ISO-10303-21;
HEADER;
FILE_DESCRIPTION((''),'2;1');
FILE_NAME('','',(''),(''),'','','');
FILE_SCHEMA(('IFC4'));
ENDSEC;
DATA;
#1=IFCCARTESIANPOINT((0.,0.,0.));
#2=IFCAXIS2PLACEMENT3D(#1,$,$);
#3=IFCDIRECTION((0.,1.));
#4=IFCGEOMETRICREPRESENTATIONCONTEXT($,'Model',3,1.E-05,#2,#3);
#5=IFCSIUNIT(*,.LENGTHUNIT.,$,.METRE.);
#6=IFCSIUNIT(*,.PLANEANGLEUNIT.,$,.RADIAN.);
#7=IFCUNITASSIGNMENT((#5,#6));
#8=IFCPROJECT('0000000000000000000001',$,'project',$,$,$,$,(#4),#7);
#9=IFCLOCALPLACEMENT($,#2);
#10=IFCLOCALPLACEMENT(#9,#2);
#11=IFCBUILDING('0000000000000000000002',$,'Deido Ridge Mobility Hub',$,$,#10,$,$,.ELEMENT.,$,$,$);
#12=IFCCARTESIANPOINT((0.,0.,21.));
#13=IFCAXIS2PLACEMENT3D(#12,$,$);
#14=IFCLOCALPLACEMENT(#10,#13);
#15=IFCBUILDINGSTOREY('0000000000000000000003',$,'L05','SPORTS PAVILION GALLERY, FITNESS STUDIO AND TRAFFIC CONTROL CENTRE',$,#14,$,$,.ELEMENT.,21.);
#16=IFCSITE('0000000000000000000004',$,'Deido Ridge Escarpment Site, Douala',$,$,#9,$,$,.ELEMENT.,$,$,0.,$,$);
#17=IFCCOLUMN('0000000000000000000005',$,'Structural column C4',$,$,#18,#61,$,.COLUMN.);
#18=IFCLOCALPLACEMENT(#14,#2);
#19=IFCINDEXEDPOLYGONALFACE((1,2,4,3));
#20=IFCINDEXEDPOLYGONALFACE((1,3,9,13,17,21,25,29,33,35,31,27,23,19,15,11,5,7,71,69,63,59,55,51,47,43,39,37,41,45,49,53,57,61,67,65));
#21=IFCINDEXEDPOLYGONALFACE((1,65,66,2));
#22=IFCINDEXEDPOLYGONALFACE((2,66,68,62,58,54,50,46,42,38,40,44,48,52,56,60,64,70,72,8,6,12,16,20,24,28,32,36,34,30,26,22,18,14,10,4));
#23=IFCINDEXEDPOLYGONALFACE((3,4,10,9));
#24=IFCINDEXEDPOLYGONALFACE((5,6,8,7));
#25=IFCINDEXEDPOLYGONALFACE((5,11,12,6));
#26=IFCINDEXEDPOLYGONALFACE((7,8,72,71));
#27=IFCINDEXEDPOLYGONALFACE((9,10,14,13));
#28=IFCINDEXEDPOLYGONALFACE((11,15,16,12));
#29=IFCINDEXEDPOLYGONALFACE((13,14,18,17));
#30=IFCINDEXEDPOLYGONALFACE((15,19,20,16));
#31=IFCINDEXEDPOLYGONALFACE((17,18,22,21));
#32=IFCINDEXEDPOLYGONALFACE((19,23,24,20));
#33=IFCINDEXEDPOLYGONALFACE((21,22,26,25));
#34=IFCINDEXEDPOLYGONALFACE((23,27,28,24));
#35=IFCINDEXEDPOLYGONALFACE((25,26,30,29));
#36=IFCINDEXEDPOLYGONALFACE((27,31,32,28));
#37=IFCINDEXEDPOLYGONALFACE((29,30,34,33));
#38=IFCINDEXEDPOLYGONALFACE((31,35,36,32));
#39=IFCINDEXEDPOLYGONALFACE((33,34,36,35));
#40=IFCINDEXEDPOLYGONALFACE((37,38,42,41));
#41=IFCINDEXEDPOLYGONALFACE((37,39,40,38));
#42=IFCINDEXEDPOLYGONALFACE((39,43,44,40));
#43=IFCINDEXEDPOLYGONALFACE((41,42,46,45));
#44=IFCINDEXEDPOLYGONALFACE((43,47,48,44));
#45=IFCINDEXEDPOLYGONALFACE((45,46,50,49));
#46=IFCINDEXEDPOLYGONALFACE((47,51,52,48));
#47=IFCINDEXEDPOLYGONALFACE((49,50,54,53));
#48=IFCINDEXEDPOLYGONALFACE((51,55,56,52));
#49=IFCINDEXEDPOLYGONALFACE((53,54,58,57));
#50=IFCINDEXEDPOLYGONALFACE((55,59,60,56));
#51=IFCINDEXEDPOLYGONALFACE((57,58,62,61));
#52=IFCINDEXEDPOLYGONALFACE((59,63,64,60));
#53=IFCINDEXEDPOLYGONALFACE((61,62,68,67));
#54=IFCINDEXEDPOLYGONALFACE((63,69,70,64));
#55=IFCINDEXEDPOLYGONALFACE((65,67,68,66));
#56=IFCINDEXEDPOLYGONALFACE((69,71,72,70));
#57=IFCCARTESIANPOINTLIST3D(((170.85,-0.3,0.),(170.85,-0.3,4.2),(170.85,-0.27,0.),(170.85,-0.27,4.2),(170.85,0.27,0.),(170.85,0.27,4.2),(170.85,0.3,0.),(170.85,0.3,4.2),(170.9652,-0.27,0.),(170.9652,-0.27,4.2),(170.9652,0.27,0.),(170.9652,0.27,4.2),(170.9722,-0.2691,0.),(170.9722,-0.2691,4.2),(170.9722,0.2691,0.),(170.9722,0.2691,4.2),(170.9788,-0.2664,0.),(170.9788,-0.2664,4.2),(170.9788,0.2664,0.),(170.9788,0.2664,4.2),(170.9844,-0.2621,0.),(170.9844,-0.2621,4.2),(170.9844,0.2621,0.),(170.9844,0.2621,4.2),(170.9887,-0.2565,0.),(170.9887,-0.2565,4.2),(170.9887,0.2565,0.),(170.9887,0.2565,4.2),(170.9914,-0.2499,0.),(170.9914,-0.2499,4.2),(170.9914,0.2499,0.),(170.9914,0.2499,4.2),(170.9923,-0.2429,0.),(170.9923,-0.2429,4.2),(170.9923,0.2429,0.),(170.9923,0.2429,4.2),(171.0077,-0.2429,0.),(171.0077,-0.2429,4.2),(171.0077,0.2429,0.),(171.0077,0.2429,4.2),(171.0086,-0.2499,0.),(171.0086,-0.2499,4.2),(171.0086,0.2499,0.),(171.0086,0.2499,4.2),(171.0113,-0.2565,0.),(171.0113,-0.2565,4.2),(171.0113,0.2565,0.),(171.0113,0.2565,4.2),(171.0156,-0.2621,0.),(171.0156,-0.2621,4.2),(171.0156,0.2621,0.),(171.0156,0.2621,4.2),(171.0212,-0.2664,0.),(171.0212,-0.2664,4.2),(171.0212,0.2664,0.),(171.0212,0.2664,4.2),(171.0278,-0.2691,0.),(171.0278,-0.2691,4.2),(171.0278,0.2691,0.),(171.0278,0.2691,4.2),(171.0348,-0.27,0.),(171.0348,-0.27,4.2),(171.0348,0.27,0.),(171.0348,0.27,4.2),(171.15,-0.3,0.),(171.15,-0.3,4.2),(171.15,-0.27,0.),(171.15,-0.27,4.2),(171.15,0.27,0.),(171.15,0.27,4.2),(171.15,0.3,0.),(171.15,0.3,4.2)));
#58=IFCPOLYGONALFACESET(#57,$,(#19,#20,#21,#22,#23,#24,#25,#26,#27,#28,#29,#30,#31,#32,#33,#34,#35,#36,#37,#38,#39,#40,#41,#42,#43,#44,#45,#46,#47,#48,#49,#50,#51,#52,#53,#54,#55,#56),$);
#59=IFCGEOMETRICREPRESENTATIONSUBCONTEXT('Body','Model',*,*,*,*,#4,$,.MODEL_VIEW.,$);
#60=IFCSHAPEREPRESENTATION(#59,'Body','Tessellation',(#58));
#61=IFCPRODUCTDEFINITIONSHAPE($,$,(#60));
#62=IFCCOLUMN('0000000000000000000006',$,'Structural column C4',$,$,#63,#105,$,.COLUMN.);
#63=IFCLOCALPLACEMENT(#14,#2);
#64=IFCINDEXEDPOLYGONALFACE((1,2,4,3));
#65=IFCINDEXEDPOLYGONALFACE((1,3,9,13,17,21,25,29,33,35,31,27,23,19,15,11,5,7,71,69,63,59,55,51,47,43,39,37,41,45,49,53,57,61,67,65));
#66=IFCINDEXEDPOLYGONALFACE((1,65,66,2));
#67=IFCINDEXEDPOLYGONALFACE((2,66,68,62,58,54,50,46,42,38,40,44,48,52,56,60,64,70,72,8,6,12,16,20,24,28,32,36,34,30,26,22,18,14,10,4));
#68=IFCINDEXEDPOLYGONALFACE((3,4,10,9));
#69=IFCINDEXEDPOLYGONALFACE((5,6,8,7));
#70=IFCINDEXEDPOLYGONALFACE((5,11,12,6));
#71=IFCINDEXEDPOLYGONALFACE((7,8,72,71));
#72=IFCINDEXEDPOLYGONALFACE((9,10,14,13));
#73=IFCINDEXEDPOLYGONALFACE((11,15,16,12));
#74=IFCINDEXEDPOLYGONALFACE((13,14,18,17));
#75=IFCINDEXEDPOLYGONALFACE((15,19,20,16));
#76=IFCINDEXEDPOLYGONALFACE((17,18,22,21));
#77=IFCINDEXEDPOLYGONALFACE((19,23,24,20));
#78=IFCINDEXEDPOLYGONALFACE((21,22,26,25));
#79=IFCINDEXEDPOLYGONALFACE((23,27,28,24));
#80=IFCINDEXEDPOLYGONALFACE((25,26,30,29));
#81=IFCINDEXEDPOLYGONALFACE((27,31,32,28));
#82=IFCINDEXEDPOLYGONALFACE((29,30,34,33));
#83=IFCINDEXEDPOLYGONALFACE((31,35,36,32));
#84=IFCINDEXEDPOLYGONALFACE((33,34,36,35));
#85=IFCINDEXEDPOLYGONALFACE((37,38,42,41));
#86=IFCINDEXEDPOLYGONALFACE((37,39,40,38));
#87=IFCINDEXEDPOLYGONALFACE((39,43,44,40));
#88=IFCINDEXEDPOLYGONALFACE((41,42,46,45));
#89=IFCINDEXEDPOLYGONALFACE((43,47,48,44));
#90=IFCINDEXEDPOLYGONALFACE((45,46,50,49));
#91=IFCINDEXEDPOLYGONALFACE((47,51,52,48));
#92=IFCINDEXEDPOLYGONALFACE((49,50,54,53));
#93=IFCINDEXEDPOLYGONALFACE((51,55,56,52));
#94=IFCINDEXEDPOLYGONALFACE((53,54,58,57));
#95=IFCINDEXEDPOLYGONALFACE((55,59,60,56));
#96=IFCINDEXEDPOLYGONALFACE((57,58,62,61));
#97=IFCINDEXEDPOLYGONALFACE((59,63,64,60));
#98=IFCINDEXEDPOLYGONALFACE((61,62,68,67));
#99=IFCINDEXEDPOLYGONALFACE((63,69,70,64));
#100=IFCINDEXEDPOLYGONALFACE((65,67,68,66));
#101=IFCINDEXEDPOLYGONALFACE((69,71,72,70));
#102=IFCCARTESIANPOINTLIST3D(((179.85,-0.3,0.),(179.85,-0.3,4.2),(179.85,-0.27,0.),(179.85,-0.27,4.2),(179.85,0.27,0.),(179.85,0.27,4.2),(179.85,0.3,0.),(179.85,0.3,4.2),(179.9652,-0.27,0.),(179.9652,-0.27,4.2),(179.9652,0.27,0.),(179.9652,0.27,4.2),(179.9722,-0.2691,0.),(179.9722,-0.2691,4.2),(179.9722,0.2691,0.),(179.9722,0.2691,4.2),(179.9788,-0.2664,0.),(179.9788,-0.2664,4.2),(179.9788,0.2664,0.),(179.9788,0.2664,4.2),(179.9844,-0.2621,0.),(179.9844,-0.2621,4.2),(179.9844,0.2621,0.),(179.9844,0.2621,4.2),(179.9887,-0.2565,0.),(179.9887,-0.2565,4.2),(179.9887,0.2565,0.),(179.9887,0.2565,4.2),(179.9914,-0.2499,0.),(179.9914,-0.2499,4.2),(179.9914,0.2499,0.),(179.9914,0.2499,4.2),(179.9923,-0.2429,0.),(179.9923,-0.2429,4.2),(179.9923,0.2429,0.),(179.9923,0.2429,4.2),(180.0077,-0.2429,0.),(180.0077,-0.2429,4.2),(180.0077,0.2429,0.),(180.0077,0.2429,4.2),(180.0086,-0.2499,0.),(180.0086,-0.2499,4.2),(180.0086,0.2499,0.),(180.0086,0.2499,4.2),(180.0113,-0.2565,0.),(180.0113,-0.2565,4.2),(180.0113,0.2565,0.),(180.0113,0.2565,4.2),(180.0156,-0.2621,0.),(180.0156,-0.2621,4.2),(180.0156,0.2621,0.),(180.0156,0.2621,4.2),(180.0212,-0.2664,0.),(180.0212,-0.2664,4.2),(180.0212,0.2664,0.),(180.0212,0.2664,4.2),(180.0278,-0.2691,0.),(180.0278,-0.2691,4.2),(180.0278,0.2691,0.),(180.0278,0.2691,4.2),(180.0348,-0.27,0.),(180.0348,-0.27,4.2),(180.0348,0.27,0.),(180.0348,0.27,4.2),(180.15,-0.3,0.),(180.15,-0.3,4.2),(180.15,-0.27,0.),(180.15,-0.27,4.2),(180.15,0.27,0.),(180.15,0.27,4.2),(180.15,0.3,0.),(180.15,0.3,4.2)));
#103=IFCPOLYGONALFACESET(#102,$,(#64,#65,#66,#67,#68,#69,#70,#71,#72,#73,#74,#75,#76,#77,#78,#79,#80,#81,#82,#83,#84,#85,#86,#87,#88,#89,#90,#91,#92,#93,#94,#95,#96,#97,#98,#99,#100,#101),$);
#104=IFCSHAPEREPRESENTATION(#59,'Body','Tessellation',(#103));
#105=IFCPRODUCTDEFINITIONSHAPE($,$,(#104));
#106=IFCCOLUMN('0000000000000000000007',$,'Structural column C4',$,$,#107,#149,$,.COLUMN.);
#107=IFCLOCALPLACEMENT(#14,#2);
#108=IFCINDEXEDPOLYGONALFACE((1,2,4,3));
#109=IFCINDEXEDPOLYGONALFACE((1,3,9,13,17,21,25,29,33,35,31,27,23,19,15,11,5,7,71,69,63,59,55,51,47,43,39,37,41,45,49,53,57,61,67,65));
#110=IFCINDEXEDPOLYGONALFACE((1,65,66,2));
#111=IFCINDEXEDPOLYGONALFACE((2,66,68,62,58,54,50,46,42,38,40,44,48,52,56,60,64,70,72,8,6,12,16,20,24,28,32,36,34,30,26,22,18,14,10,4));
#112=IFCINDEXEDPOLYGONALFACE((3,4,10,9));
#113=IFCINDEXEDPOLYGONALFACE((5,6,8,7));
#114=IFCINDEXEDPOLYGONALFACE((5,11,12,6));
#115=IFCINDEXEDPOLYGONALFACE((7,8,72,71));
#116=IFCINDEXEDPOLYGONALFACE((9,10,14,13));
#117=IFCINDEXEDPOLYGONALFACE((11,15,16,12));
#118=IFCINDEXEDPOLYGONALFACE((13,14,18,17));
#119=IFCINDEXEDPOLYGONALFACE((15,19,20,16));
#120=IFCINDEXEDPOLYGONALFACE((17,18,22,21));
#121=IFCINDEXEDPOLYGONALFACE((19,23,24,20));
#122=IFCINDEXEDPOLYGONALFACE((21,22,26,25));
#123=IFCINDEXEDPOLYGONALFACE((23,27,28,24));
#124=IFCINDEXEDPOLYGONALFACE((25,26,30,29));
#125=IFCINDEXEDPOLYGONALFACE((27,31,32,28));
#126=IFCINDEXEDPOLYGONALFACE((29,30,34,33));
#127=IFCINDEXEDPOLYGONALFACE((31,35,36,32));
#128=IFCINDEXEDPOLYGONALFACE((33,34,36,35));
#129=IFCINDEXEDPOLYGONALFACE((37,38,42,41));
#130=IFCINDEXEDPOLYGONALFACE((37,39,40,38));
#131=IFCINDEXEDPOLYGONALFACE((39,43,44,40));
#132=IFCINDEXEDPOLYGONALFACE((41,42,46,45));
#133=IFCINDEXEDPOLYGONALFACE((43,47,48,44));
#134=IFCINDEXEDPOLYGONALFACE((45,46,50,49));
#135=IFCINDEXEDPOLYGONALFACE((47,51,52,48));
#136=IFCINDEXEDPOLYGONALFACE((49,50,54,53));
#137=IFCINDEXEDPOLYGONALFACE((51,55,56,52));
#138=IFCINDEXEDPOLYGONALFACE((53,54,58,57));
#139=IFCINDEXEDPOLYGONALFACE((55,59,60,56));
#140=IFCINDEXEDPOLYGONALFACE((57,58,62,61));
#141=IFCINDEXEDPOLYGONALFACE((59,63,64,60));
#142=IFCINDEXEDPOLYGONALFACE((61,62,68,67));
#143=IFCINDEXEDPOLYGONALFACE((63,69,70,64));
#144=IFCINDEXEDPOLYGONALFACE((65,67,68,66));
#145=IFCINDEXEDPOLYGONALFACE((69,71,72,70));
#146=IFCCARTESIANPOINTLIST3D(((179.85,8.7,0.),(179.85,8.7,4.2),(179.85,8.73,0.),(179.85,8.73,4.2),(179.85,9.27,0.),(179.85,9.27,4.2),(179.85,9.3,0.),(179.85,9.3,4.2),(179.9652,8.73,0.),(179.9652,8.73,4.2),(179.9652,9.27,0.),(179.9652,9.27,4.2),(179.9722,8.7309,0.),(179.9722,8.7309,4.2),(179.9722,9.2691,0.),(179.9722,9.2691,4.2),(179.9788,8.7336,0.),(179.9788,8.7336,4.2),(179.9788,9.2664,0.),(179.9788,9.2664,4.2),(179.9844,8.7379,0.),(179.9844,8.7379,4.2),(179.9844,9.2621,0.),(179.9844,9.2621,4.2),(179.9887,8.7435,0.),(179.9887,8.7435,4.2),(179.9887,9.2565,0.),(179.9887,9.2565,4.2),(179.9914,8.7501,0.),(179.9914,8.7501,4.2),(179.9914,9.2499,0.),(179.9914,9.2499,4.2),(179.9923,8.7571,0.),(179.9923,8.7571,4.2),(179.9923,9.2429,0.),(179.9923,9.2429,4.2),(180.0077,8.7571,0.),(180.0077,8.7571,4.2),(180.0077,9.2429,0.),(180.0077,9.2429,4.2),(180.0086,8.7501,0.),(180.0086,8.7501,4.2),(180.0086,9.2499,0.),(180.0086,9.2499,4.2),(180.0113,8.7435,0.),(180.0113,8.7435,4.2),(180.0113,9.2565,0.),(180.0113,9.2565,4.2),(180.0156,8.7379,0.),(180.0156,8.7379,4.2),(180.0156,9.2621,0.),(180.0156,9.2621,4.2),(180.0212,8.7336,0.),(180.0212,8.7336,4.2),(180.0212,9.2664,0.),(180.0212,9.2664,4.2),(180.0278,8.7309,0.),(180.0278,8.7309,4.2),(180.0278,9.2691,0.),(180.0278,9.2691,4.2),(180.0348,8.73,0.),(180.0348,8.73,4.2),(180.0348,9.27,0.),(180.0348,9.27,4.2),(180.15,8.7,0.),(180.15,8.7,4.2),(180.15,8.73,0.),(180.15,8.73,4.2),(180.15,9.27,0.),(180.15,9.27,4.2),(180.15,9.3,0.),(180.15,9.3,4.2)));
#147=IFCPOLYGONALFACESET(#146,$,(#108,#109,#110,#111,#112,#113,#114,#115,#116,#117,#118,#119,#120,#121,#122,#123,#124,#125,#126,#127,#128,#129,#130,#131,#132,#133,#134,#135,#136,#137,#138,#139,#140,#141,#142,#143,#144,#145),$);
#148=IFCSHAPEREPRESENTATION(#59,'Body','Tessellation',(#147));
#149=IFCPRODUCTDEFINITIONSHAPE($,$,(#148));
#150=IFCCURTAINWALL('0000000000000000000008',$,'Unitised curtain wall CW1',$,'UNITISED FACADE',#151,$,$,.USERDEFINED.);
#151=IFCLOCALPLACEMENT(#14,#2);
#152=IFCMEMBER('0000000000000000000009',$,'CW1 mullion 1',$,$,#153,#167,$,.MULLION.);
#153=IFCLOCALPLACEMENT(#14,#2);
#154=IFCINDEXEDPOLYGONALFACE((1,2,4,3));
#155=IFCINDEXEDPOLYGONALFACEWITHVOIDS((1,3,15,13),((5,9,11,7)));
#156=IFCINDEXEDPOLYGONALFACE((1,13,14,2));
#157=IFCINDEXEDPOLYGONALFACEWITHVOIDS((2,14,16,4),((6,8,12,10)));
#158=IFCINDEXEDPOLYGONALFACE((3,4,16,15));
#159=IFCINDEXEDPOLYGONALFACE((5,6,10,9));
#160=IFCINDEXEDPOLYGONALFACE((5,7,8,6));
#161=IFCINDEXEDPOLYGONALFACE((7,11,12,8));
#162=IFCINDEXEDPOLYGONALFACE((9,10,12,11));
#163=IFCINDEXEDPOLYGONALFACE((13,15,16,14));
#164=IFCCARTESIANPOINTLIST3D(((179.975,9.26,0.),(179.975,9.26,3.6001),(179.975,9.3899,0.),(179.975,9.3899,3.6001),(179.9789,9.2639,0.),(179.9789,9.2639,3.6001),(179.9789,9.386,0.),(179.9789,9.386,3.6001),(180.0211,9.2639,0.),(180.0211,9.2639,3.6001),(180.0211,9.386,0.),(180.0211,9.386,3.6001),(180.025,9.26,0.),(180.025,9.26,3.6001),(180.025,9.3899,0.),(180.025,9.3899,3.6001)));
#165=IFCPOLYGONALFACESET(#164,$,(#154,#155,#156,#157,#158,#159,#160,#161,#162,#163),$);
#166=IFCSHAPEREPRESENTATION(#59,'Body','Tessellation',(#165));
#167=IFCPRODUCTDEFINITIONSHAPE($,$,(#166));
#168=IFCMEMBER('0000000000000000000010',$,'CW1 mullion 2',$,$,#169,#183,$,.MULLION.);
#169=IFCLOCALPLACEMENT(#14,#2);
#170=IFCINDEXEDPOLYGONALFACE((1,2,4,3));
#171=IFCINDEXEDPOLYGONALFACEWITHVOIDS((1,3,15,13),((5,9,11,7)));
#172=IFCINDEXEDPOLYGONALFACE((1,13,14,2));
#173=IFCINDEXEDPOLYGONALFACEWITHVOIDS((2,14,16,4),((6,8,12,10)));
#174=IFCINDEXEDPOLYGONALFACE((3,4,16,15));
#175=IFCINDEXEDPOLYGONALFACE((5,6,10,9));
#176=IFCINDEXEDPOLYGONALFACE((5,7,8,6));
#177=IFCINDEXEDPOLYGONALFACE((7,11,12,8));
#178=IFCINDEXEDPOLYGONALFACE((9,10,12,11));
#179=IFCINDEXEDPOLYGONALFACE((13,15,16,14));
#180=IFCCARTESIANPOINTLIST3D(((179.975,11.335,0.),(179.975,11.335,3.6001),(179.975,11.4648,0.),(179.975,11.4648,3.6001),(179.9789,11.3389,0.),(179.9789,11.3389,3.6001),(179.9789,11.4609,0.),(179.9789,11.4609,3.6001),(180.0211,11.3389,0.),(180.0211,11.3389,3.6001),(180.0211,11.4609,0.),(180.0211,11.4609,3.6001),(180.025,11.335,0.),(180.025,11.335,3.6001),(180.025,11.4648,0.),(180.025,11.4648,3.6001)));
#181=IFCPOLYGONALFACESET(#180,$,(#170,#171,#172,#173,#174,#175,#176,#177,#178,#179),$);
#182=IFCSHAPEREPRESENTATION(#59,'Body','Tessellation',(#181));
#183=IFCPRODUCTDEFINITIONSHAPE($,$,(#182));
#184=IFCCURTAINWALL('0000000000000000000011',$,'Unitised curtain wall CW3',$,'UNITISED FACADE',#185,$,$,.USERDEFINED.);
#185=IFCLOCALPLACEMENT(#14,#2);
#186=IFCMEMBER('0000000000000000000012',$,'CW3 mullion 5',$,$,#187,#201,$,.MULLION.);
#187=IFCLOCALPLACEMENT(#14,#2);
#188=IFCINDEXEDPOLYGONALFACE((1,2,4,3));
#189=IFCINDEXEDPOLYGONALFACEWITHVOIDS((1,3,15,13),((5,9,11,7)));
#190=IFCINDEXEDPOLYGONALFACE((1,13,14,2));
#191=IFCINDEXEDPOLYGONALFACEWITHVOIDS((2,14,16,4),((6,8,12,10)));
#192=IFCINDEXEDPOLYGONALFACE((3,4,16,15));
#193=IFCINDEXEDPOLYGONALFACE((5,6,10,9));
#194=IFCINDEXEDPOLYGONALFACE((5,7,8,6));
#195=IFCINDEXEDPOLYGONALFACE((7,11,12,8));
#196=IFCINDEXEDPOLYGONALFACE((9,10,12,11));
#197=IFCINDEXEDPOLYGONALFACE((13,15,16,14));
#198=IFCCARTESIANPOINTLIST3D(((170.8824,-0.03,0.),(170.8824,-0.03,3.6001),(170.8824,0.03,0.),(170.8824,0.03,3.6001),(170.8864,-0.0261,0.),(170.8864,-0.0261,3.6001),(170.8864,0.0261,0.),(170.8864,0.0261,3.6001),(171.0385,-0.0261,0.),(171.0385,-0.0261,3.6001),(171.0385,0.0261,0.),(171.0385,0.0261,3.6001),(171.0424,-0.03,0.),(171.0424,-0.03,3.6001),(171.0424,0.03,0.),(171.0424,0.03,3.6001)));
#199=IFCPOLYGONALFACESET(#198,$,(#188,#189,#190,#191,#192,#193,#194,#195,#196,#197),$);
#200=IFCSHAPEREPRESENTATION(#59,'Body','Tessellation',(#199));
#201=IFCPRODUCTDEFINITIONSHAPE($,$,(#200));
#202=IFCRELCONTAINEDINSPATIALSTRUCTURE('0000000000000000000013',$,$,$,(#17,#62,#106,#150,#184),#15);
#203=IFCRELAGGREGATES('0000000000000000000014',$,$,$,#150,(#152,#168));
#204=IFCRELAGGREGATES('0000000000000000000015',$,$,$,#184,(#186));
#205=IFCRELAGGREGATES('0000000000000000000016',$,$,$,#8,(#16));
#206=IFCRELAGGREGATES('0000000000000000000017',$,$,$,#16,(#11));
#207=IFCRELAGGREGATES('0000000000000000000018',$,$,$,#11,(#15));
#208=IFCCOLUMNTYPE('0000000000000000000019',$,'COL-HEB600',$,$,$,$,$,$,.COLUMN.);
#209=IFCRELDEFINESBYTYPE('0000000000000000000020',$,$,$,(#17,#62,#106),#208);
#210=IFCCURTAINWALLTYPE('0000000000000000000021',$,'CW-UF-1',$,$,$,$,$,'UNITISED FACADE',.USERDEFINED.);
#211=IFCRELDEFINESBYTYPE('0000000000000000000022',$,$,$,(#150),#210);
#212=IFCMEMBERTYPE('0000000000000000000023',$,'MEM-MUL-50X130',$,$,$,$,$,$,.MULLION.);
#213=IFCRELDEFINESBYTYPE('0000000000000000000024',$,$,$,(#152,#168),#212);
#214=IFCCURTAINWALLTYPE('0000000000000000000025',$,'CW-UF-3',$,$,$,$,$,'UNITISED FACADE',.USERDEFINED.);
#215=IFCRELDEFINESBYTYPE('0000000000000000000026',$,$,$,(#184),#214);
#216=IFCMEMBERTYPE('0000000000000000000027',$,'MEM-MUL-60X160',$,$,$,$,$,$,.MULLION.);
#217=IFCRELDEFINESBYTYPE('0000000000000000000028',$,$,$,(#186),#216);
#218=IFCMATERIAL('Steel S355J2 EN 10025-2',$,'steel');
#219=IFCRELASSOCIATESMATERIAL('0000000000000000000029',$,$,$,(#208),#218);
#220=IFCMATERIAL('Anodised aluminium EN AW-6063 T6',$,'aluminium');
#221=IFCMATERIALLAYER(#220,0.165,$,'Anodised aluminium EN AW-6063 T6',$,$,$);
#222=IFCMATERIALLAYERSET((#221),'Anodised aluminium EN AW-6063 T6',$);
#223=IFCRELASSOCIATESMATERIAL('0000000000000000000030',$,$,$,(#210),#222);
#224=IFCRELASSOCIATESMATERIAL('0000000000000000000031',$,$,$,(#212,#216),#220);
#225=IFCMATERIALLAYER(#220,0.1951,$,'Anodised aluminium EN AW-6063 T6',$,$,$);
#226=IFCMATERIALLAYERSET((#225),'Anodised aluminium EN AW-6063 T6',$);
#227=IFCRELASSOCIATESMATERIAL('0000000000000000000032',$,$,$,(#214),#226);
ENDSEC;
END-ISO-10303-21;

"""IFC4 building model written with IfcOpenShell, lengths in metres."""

from ifc_helpers import new_model, si_unit, direction, frame, origin, origin_2d, place, context, subcontext, project, spatial, hollow_rectangle, i_section, extrude, material, layer, layer_set, material_profile, profile_set, type_object, element, aggregate, save


model = new_model("IFC4")

# Units and contexts
model_context = context("Model", 3, precision=1e-05, world=origin(), true_north=direction((0.0, 1.0)))
body_context = subcontext(model_context, "Body", "Model", "MODEL_VIEW")
ifc_project = project(units=[si_unit("LENGTHUNIT", "METRE"), si_unit("PLANEANGLEUNIT", "RADIAN")], contexts=[model_context])

# Site, building, storey
site_placement = place(None, origin())
site = spatial("IfcSite", under=ifc_project, at=site_placement, Name="Deido Ridge Escarpment Site, Douala", CompositionType="ELEMENT", RefElevation=0.0)
building_placement = place(site_placement, origin())
building = spatial("IfcBuilding", under=site, at=building_placement, Name="Deido Ridge Mobility Hub", CompositionType="ELEMENT")
storey_placement = place(building_placement, frame((0.0, 0.0, 21.0)))
storey = spatial("IfcBuildingStorey", under=building, at=storey_placement, Name="L05", Description="SPORTS PAVILION GALLERY, FITNESS STUDIO AND TRAFFIC CONTROL CENTRE", CompositionType="ELEMENT", Elevation=21.0)

# Columns
ifc_material_1 = material(Name="Steel S355J2 EN 10025-2", Category="steel")
ifc_material_profile_1 = material_profile(ifc_material_1, i_section(OverallWidth=0.3, OverallDepth=0.6001, WebThickness=0.0154, FlangeThickness=0.03, FilletRadius=0.0271, at=origin_2d()), Name="HEB 600")
ifc_profile_set_1 = profile_set([ifc_material_profile_1], Name="Steel S355J2 EN 10025-2")
column_type = type_object("IfcColumnType", Name="COL-HEB600", PredefinedType="COLUMN", material=ifc_profile_set_1)
for number, where, z_axis, x_axis, name in (
    (1, (171.0, 0.0, 0.0), (0.0, 0.0, 1.0), (1.0, 0.0, 0.0), "Structural column C4"),
    (2, (180.0, 0.0, 0.0), (0.0, 0.0, 1.0), (1.0, 0.0, 0.0), "Structural column C4"),
    (3, (180.0, 9.0, 0.0), (0.0, 0.0, 1.0), (1.0, 0.0, 0.0), "Structural column C4"),
):
    element("IfcColumn", number, at=place(storey_placement, frame(where, z_axis=z_axis, x_axis=x_axis)), inside=storey, type_object=column_type, Name=name, PredefinedType="COLUMN", context=body_context, shape_type="SweptSolid", body=[
        extrude(i_section(OverallWidth=0.3, OverallDepth=0.6001, WebThickness=0.0154, FlangeThickness=0.03, FilletRadius=0.0271, at=origin_2d()), origin(), (0.0, 0.0, 1.0), 4.2),
    ])

# Curtain wall, members
ifc_material_2 = material(Name="Anodised aluminium EN AW-6063 T6", Category="aluminium")
ifc_layer_1 = layer(ifc_material_2, 0.165, Name="Anodised aluminium EN AW-6063 T6")
ifc_layer_set_1 = layer_set([ifc_layer_1], Name="Anodised aluminium EN AW-6063 T6")
curtain_wall_type_1 = type_object("IfcCurtainWallType", Name="CW-UF-1", ElementType="UNITISED FACADE", PredefinedType="USERDEFINED", material=ifc_layer_set_1)
curtain_wall_1_placement = place(storey_placement, origin())
curtain_wall_1 = element("IfcCurtainWall", 4, at=curtain_wall_1_placement, inside=storey, type_object=curtain_wall_type_1, Name="Unitised curtain wall CW1", ObjectType="UNITISED FACADE", PredefinedType="USERDEFINED")
ifc_material_profile_2 = material_profile(ifc_material_2, hollow_rectangle(XDim=0.05, YDim=0.1299, WallThickness=0.0039, at=origin_2d()), Name="RHS 50x130x4")
ifc_profile_set_2 = profile_set([ifc_material_profile_2], Name="Anodised aluminium EN AW-6063 T6")
member_type_1 = type_object("IfcMemberType", Name="MEM-MUL-50X130", PredefinedType="MULLION", material=ifc_profile_set_2)
member_1_placement = place(storey_placement, frame((180.0, 9.325, 0.0), z_axis=(0.0, 0.0, 1.0), x_axis=(-1.0, 0.0, 0.0)))
member_1 = element("IfcMember", 5, at=member_1_placement, type_object=member_type_1, Name="CW1 mullion 1", PredefinedType="MULLION", context=body_context, shape_type="SweptSolid", body=[
    extrude(hollow_rectangle(XDim=0.05, YDim=0.1299, WallThickness=0.0039, at=origin_2d()), origin(), (0.0, 0.0, 1.0), 3.6001),
])
member_2_placement = place(storey_placement, frame((180.0, 11.3999, 0.0), z_axis=(0.0, 0.0, 1.0), x_axis=(-1.0, 0.0, 0.0)))
member_2 = element("IfcMember", 6, at=member_2_placement, type_object=member_type_1, Name="CW1 mullion 2", PredefinedType="MULLION", context=body_context, shape_type="SweptSolid", body=[
    extrude(hollow_rectangle(XDim=0.05, YDim=0.1299, WallThickness=0.0039, at=origin_2d()), origin(), (0.0, 0.0, 1.0), 3.6001),
])

# Curtain wall, member
ifc_layer_2 = layer(ifc_material_2, 0.1951, Name="Anodised aluminium EN AW-6063 T6")
ifc_layer_set_2 = layer_set([ifc_layer_2], Name="Anodised aluminium EN AW-6063 T6")
curtain_wall_type_2 = type_object("IfcCurtainWallType", Name="CW-UF-3", ElementType="UNITISED FACADE", PredefinedType="USERDEFINED", material=ifc_layer_set_2)
curtain_wall_2_placement = place(storey_placement, origin())
curtain_wall_2 = element("IfcCurtainWall", 7, at=curtain_wall_2_placement, inside=storey, type_object=curtain_wall_type_2, Name="Unitised curtain wall CW3", ObjectType="UNITISED FACADE", PredefinedType="USERDEFINED")
ifc_material_profile_3 = material_profile(ifc_material_2, hollow_rectangle(XDim=0.0601, YDim=0.1599, WallThickness=0.0039, at=origin_2d()), Name="RHS 60x160x4")
ifc_profile_set_3 = profile_set([ifc_material_profile_3], Name="Anodised aluminium EN AW-6063 T6")
member_type_2 = type_object("IfcMemberType", Name="MEM-MUL-60X160", PredefinedType="MULLION", material=ifc_profile_set_3)
member_3_placement = place(storey_placement, frame((170.9624, 0.0, 0.0), z_axis=(0.0, 0.0, 1.0), x_axis=(0.0, 1.0, 0.0)))
member_3 = element("IfcMember", 8, at=member_3_placement, type_object=member_type_2, Name="CW3 mullion 5", PredefinedType="MULLION", context=body_context, shape_type="SweptSolid", body=[
    extrude(hollow_rectangle(XDim=0.0601, YDim=0.1599, WallThickness=0.0039, at=origin_2d()), origin(), (0.0, 0.0, 1.0), 3.6001),
])

aggregate(curtain_wall_1, [member_1, member_2])
aggregate(curtain_wall_2, [member_3])

save(model, "model.ifc")
